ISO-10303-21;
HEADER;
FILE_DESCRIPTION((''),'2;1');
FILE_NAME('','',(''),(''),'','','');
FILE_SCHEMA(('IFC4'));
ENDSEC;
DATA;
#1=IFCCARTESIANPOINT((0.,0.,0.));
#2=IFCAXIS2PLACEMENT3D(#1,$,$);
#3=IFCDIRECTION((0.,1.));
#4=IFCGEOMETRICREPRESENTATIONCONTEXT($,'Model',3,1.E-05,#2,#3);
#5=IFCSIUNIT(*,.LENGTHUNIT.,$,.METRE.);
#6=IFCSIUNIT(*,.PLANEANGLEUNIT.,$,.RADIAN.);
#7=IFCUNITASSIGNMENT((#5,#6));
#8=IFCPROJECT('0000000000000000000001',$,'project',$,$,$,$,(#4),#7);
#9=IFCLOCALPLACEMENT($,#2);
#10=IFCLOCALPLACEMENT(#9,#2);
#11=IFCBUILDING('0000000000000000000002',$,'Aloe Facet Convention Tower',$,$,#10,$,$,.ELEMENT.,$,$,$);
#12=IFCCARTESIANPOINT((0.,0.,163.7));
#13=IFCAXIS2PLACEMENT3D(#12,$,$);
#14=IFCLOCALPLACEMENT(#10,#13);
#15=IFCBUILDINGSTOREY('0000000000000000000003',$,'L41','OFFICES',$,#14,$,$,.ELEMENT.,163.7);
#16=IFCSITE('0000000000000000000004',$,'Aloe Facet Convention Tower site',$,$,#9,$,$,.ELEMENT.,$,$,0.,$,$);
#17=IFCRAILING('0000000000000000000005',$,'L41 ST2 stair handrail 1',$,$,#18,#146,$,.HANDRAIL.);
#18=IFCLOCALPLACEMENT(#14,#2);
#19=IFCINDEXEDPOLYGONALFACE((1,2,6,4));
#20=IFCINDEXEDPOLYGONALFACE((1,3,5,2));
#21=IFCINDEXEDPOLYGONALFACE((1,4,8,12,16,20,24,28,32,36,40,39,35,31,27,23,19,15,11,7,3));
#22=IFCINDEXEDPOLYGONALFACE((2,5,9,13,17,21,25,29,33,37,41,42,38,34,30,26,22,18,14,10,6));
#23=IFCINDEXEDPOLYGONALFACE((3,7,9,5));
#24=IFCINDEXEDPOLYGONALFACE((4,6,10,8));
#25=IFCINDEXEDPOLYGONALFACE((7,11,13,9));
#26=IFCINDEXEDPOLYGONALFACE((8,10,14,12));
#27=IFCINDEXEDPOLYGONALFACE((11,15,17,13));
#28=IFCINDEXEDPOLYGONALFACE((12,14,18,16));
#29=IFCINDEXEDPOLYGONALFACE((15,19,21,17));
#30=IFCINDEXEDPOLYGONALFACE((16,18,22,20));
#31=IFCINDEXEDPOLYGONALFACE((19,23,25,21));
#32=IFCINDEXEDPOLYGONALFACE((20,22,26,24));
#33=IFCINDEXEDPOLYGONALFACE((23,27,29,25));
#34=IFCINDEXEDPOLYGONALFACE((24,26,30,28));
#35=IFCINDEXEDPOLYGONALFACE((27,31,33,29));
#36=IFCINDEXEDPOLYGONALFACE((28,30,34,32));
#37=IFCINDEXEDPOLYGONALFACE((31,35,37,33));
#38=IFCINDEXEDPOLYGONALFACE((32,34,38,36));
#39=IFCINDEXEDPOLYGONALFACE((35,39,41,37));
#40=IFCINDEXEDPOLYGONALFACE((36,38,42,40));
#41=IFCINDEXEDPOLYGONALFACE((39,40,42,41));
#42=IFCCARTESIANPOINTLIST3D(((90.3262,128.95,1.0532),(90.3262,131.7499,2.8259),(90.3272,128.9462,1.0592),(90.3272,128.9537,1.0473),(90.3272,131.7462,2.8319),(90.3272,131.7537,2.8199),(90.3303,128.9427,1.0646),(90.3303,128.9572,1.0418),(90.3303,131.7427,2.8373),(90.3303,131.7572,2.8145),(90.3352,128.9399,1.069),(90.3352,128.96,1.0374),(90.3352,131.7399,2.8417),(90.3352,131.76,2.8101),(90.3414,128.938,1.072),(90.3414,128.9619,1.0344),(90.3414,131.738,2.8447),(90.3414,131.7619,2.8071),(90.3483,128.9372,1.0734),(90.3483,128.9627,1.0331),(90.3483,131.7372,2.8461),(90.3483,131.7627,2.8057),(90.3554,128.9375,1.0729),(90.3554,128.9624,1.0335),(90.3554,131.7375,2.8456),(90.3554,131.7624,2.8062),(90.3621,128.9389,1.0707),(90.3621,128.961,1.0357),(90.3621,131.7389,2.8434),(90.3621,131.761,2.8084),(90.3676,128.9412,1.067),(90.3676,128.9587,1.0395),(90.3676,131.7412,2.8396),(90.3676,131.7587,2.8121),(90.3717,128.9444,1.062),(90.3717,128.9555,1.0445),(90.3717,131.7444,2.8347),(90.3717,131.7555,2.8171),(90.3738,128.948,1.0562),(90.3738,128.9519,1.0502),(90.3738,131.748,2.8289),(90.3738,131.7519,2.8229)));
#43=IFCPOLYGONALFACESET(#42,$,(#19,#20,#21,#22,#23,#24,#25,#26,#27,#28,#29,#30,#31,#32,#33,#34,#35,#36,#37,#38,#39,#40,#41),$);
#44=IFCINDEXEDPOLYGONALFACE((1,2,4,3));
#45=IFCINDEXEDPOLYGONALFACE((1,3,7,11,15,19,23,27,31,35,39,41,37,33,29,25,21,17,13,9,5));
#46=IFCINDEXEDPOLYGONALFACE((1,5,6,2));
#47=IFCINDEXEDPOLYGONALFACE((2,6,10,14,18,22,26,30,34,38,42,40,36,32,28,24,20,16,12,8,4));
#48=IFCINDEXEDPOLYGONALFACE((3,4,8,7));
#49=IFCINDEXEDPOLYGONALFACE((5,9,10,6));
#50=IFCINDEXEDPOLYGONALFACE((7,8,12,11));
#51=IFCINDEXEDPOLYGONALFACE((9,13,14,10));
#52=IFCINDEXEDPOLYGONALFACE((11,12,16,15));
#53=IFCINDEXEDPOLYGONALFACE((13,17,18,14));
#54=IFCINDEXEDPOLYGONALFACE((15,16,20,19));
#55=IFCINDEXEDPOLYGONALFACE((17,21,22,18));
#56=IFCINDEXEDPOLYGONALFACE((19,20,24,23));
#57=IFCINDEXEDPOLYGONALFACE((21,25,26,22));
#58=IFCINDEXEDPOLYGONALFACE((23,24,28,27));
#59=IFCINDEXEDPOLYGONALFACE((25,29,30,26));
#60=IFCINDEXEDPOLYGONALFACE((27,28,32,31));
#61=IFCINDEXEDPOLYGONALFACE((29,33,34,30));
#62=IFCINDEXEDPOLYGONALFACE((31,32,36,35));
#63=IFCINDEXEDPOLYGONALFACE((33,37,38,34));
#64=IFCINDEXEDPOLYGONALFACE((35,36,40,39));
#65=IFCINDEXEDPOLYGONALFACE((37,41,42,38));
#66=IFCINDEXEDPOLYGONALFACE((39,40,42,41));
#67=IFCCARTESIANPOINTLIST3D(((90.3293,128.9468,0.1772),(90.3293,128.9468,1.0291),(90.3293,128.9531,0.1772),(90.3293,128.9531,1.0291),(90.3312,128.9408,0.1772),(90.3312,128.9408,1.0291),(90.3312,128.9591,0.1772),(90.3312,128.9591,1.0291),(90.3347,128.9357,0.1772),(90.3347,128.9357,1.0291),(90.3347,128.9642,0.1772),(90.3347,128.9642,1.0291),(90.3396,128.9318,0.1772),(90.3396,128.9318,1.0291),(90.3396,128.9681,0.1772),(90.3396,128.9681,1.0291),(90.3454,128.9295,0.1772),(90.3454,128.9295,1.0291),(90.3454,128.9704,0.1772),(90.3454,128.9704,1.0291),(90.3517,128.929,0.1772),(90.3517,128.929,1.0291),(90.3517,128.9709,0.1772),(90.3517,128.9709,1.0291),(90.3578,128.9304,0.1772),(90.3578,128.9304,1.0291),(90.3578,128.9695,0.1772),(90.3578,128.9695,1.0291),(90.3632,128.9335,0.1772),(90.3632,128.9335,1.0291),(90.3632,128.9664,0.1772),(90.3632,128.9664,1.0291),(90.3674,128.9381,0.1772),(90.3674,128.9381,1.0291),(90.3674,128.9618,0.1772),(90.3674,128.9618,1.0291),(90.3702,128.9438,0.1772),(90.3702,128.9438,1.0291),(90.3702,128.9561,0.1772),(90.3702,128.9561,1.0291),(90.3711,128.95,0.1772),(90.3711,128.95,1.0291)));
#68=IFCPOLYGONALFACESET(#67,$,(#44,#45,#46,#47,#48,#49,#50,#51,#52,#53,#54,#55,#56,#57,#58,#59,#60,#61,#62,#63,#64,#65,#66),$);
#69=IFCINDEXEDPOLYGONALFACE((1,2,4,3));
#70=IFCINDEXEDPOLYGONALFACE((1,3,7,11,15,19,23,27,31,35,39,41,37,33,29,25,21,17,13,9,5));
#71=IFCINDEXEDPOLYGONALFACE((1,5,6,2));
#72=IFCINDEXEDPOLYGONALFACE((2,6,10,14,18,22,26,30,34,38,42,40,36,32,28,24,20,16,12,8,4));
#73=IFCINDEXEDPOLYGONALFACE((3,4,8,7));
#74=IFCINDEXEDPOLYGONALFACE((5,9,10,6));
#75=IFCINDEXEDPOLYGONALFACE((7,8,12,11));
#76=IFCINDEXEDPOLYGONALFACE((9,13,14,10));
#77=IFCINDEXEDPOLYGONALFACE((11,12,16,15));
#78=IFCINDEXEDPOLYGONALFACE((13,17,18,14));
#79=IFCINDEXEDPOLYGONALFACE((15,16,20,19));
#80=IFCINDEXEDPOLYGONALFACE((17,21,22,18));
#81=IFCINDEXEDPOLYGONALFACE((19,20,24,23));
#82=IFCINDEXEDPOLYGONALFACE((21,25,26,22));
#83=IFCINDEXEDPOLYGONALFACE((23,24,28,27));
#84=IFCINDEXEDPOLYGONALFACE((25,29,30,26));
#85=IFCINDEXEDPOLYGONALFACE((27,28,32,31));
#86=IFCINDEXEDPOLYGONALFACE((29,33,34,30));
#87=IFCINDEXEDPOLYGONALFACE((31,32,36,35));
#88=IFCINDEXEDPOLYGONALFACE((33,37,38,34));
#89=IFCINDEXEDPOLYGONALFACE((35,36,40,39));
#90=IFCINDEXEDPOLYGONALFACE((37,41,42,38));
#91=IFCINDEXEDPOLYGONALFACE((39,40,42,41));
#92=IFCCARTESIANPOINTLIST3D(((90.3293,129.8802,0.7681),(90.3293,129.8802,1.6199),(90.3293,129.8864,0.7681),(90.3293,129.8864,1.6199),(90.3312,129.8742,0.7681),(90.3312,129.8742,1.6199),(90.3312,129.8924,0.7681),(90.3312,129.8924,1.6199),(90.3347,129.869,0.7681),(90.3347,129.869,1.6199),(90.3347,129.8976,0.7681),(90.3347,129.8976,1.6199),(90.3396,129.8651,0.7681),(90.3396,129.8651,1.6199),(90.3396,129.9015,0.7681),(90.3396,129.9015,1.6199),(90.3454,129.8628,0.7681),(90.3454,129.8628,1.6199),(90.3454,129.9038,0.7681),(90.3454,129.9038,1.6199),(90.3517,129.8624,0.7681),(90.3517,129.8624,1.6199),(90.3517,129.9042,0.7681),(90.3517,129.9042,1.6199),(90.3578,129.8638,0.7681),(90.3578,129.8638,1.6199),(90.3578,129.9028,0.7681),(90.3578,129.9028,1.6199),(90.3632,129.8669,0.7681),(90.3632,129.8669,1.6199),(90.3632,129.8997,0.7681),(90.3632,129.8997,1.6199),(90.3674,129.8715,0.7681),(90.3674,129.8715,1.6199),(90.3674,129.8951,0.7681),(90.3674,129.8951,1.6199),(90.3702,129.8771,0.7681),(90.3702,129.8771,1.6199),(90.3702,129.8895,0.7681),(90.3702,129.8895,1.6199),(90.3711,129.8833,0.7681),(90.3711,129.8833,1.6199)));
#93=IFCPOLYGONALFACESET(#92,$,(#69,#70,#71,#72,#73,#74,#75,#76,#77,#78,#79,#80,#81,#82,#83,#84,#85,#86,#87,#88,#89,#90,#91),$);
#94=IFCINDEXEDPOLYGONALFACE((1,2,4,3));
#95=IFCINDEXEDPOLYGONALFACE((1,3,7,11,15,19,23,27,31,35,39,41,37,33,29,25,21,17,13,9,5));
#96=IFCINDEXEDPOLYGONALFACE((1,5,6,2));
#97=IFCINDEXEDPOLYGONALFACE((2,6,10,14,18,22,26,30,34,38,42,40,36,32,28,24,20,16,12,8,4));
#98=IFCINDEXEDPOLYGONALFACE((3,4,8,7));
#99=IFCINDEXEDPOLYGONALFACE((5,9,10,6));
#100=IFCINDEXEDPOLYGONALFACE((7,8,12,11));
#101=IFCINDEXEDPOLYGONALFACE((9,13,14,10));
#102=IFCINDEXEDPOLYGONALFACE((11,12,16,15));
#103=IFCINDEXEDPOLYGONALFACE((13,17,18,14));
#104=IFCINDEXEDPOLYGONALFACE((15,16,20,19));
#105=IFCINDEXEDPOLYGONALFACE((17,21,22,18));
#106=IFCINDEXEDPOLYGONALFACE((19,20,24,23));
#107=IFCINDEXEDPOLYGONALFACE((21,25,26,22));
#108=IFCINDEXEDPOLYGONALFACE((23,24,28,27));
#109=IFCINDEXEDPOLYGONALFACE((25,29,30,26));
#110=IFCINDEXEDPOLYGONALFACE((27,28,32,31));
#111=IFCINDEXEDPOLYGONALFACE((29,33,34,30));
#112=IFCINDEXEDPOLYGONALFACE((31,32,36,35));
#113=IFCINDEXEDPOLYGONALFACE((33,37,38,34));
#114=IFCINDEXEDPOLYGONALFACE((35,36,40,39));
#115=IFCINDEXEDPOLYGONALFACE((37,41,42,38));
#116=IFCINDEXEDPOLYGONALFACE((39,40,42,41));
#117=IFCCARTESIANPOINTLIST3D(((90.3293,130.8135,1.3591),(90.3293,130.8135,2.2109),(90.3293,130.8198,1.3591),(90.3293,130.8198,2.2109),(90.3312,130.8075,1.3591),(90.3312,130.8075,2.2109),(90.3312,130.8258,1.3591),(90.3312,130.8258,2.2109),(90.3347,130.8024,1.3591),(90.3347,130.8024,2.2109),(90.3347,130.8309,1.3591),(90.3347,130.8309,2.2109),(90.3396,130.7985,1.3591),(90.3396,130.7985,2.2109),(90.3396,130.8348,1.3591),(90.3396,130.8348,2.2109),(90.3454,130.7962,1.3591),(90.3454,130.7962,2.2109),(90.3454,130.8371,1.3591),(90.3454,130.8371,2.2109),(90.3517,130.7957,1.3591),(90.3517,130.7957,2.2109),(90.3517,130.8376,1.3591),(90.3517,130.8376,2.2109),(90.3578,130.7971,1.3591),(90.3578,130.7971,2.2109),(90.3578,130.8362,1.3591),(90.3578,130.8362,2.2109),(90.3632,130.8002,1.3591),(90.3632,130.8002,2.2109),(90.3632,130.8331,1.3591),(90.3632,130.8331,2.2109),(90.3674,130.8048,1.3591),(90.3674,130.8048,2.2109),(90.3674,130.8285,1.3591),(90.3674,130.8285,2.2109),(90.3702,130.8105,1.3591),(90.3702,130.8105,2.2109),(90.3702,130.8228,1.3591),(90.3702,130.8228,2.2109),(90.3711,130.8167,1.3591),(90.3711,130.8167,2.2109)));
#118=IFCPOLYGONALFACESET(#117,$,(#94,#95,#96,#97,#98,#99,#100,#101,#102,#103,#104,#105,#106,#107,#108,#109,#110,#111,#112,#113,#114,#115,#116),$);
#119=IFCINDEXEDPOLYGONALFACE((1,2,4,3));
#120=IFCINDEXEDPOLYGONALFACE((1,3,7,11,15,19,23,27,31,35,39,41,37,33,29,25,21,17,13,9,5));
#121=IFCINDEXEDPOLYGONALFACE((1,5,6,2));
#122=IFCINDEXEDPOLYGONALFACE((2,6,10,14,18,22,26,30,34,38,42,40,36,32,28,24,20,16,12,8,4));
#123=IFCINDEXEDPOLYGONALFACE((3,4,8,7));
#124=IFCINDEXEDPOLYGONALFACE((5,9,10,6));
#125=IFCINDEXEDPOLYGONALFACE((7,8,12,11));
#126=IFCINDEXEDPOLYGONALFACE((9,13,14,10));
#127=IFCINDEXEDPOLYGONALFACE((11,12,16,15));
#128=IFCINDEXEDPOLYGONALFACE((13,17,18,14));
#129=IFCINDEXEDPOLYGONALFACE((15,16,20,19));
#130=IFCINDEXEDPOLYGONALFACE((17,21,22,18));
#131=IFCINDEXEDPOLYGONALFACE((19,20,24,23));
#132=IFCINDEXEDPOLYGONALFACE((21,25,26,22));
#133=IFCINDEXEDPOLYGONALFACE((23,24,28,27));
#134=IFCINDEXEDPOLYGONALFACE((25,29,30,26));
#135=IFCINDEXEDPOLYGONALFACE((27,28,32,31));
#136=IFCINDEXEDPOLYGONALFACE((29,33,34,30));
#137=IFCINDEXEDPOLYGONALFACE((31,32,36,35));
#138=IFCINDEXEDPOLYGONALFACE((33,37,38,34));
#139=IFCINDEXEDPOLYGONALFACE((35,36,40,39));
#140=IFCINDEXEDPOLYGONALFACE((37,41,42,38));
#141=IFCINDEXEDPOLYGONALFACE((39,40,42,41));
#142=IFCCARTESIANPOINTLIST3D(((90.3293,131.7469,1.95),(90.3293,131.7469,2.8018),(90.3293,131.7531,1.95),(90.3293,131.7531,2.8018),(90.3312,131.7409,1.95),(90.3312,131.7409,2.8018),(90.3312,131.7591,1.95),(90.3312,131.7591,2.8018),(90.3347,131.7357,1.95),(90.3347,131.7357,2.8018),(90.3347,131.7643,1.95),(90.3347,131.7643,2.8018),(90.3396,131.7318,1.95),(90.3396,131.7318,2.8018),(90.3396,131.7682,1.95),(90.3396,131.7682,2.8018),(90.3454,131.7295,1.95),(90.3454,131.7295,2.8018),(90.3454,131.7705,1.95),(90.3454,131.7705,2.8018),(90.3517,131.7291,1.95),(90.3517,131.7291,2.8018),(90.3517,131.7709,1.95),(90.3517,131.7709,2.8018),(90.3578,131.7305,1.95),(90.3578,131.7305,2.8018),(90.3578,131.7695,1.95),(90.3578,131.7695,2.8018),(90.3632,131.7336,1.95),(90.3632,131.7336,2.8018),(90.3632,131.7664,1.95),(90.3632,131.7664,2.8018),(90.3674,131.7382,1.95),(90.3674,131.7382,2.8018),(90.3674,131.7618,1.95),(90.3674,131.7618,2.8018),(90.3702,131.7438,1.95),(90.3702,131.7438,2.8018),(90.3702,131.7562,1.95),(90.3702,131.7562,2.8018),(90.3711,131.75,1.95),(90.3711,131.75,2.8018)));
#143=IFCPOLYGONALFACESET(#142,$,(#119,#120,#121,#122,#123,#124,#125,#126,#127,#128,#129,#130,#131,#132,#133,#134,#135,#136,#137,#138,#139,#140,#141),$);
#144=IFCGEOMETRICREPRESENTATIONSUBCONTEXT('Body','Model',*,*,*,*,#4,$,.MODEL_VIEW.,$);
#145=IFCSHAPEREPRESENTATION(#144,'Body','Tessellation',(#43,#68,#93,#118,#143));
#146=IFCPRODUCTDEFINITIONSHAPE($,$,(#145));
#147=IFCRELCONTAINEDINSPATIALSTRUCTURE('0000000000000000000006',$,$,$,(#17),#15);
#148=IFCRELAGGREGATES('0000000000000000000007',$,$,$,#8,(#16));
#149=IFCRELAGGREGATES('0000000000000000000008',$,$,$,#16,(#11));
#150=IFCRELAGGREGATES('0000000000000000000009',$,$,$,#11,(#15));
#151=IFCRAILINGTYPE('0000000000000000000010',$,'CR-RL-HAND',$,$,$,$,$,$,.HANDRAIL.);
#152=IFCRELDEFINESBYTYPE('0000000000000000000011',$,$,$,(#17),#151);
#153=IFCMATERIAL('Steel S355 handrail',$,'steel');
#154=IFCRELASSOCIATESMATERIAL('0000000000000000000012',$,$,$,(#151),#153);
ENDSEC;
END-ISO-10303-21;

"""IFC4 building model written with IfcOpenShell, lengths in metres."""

from ifc_helpers import new_model, si_unit, direction, frame, origin, origin_2d, place, context, subcontext, project, spatial, circle, extrude, material, type_object, element, save


model = new_model("IFC4")

# Units and contexts
model_context = context("Model", 3, precision=1e-05, world=origin(), true_north=direction((0.0, 1.0)))
body_context = subcontext(model_context, "Body", "Model", "MODEL_VIEW")
ifc_project = project(units=[si_unit("LENGTHUNIT", "METRE"), si_unit("PLANEANGLEUNIT", "RADIAN")], contexts=[model_context])

# Site, building, storey
site_placement = place(None, origin())
site = spatial("IfcSite", under=ifc_project, at=site_placement, Name="Aloe Facet Convention Tower site", CompositionType="ELEMENT", RefElevation=0.0)
building_placement = place(site_placement, origin())
building = spatial("IfcBuilding", under=site, at=building_placement, Name="Aloe Facet Convention Tower", CompositionType="ELEMENT")
storey_placement = place(building_placement, frame((0.0, 0.0, 163.7)))
storey = spatial("IfcBuildingStorey", under=building, at=storey_placement, Name="L41", Description="OFFICES", CompositionType="ELEMENT", Elevation=163.7)

# Railing
ifc_material_1 = material(Name="Steel S355 handrail", Category="steel")
railing_type_1 = type_object("IfcRailingType", Name="CR-RL-HAND", PredefinedType="HANDRAIL", material=ifc_material_1)
railing_1_placement = place(storey_placement, frame((90.3501, 128.95, 0.1772)))
element("IfcRailing", 1, at=railing_1_placement, inside=storey, type_object=railing_type_1, Name="L41 ST2 stair handrail 1", PredefinedType="HANDRAIL", context=body_context, shape_type="SweptSolid", body=[
    extrude(circle(Radius=0.0239, at=origin_2d()), frame((0.0, 0.0, 0.876), z_axis=(0.0, 0.844909, 0.53491), x_axis=(-1.0, 0.0, 0.0)), (0.0, 0.0, 1.0), 3.314),
    extrude(circle(Radius=0.021, at=origin_2d()), origin(), (0.0, 0.0, 1.0), 0.8518),
    extrude(circle(Radius=0.021, at=origin_2d()), frame((0.0, 0.9333, 0.5908)), (0.0, 0.0, 1.0), 0.8518),
    extrude(circle(Radius=0.021, at=origin_2d()), frame((0.0, 1.8667, 1.1819)), (0.0, 0.0, 1.0), 0.8518),
    extrude(circle(Radius=0.021, at=origin_2d()), frame((0.0, 2.8, 1.7727)), (0.0, 0.0, 1.0), 0.8518),
])

save(model, "model.ifc")
